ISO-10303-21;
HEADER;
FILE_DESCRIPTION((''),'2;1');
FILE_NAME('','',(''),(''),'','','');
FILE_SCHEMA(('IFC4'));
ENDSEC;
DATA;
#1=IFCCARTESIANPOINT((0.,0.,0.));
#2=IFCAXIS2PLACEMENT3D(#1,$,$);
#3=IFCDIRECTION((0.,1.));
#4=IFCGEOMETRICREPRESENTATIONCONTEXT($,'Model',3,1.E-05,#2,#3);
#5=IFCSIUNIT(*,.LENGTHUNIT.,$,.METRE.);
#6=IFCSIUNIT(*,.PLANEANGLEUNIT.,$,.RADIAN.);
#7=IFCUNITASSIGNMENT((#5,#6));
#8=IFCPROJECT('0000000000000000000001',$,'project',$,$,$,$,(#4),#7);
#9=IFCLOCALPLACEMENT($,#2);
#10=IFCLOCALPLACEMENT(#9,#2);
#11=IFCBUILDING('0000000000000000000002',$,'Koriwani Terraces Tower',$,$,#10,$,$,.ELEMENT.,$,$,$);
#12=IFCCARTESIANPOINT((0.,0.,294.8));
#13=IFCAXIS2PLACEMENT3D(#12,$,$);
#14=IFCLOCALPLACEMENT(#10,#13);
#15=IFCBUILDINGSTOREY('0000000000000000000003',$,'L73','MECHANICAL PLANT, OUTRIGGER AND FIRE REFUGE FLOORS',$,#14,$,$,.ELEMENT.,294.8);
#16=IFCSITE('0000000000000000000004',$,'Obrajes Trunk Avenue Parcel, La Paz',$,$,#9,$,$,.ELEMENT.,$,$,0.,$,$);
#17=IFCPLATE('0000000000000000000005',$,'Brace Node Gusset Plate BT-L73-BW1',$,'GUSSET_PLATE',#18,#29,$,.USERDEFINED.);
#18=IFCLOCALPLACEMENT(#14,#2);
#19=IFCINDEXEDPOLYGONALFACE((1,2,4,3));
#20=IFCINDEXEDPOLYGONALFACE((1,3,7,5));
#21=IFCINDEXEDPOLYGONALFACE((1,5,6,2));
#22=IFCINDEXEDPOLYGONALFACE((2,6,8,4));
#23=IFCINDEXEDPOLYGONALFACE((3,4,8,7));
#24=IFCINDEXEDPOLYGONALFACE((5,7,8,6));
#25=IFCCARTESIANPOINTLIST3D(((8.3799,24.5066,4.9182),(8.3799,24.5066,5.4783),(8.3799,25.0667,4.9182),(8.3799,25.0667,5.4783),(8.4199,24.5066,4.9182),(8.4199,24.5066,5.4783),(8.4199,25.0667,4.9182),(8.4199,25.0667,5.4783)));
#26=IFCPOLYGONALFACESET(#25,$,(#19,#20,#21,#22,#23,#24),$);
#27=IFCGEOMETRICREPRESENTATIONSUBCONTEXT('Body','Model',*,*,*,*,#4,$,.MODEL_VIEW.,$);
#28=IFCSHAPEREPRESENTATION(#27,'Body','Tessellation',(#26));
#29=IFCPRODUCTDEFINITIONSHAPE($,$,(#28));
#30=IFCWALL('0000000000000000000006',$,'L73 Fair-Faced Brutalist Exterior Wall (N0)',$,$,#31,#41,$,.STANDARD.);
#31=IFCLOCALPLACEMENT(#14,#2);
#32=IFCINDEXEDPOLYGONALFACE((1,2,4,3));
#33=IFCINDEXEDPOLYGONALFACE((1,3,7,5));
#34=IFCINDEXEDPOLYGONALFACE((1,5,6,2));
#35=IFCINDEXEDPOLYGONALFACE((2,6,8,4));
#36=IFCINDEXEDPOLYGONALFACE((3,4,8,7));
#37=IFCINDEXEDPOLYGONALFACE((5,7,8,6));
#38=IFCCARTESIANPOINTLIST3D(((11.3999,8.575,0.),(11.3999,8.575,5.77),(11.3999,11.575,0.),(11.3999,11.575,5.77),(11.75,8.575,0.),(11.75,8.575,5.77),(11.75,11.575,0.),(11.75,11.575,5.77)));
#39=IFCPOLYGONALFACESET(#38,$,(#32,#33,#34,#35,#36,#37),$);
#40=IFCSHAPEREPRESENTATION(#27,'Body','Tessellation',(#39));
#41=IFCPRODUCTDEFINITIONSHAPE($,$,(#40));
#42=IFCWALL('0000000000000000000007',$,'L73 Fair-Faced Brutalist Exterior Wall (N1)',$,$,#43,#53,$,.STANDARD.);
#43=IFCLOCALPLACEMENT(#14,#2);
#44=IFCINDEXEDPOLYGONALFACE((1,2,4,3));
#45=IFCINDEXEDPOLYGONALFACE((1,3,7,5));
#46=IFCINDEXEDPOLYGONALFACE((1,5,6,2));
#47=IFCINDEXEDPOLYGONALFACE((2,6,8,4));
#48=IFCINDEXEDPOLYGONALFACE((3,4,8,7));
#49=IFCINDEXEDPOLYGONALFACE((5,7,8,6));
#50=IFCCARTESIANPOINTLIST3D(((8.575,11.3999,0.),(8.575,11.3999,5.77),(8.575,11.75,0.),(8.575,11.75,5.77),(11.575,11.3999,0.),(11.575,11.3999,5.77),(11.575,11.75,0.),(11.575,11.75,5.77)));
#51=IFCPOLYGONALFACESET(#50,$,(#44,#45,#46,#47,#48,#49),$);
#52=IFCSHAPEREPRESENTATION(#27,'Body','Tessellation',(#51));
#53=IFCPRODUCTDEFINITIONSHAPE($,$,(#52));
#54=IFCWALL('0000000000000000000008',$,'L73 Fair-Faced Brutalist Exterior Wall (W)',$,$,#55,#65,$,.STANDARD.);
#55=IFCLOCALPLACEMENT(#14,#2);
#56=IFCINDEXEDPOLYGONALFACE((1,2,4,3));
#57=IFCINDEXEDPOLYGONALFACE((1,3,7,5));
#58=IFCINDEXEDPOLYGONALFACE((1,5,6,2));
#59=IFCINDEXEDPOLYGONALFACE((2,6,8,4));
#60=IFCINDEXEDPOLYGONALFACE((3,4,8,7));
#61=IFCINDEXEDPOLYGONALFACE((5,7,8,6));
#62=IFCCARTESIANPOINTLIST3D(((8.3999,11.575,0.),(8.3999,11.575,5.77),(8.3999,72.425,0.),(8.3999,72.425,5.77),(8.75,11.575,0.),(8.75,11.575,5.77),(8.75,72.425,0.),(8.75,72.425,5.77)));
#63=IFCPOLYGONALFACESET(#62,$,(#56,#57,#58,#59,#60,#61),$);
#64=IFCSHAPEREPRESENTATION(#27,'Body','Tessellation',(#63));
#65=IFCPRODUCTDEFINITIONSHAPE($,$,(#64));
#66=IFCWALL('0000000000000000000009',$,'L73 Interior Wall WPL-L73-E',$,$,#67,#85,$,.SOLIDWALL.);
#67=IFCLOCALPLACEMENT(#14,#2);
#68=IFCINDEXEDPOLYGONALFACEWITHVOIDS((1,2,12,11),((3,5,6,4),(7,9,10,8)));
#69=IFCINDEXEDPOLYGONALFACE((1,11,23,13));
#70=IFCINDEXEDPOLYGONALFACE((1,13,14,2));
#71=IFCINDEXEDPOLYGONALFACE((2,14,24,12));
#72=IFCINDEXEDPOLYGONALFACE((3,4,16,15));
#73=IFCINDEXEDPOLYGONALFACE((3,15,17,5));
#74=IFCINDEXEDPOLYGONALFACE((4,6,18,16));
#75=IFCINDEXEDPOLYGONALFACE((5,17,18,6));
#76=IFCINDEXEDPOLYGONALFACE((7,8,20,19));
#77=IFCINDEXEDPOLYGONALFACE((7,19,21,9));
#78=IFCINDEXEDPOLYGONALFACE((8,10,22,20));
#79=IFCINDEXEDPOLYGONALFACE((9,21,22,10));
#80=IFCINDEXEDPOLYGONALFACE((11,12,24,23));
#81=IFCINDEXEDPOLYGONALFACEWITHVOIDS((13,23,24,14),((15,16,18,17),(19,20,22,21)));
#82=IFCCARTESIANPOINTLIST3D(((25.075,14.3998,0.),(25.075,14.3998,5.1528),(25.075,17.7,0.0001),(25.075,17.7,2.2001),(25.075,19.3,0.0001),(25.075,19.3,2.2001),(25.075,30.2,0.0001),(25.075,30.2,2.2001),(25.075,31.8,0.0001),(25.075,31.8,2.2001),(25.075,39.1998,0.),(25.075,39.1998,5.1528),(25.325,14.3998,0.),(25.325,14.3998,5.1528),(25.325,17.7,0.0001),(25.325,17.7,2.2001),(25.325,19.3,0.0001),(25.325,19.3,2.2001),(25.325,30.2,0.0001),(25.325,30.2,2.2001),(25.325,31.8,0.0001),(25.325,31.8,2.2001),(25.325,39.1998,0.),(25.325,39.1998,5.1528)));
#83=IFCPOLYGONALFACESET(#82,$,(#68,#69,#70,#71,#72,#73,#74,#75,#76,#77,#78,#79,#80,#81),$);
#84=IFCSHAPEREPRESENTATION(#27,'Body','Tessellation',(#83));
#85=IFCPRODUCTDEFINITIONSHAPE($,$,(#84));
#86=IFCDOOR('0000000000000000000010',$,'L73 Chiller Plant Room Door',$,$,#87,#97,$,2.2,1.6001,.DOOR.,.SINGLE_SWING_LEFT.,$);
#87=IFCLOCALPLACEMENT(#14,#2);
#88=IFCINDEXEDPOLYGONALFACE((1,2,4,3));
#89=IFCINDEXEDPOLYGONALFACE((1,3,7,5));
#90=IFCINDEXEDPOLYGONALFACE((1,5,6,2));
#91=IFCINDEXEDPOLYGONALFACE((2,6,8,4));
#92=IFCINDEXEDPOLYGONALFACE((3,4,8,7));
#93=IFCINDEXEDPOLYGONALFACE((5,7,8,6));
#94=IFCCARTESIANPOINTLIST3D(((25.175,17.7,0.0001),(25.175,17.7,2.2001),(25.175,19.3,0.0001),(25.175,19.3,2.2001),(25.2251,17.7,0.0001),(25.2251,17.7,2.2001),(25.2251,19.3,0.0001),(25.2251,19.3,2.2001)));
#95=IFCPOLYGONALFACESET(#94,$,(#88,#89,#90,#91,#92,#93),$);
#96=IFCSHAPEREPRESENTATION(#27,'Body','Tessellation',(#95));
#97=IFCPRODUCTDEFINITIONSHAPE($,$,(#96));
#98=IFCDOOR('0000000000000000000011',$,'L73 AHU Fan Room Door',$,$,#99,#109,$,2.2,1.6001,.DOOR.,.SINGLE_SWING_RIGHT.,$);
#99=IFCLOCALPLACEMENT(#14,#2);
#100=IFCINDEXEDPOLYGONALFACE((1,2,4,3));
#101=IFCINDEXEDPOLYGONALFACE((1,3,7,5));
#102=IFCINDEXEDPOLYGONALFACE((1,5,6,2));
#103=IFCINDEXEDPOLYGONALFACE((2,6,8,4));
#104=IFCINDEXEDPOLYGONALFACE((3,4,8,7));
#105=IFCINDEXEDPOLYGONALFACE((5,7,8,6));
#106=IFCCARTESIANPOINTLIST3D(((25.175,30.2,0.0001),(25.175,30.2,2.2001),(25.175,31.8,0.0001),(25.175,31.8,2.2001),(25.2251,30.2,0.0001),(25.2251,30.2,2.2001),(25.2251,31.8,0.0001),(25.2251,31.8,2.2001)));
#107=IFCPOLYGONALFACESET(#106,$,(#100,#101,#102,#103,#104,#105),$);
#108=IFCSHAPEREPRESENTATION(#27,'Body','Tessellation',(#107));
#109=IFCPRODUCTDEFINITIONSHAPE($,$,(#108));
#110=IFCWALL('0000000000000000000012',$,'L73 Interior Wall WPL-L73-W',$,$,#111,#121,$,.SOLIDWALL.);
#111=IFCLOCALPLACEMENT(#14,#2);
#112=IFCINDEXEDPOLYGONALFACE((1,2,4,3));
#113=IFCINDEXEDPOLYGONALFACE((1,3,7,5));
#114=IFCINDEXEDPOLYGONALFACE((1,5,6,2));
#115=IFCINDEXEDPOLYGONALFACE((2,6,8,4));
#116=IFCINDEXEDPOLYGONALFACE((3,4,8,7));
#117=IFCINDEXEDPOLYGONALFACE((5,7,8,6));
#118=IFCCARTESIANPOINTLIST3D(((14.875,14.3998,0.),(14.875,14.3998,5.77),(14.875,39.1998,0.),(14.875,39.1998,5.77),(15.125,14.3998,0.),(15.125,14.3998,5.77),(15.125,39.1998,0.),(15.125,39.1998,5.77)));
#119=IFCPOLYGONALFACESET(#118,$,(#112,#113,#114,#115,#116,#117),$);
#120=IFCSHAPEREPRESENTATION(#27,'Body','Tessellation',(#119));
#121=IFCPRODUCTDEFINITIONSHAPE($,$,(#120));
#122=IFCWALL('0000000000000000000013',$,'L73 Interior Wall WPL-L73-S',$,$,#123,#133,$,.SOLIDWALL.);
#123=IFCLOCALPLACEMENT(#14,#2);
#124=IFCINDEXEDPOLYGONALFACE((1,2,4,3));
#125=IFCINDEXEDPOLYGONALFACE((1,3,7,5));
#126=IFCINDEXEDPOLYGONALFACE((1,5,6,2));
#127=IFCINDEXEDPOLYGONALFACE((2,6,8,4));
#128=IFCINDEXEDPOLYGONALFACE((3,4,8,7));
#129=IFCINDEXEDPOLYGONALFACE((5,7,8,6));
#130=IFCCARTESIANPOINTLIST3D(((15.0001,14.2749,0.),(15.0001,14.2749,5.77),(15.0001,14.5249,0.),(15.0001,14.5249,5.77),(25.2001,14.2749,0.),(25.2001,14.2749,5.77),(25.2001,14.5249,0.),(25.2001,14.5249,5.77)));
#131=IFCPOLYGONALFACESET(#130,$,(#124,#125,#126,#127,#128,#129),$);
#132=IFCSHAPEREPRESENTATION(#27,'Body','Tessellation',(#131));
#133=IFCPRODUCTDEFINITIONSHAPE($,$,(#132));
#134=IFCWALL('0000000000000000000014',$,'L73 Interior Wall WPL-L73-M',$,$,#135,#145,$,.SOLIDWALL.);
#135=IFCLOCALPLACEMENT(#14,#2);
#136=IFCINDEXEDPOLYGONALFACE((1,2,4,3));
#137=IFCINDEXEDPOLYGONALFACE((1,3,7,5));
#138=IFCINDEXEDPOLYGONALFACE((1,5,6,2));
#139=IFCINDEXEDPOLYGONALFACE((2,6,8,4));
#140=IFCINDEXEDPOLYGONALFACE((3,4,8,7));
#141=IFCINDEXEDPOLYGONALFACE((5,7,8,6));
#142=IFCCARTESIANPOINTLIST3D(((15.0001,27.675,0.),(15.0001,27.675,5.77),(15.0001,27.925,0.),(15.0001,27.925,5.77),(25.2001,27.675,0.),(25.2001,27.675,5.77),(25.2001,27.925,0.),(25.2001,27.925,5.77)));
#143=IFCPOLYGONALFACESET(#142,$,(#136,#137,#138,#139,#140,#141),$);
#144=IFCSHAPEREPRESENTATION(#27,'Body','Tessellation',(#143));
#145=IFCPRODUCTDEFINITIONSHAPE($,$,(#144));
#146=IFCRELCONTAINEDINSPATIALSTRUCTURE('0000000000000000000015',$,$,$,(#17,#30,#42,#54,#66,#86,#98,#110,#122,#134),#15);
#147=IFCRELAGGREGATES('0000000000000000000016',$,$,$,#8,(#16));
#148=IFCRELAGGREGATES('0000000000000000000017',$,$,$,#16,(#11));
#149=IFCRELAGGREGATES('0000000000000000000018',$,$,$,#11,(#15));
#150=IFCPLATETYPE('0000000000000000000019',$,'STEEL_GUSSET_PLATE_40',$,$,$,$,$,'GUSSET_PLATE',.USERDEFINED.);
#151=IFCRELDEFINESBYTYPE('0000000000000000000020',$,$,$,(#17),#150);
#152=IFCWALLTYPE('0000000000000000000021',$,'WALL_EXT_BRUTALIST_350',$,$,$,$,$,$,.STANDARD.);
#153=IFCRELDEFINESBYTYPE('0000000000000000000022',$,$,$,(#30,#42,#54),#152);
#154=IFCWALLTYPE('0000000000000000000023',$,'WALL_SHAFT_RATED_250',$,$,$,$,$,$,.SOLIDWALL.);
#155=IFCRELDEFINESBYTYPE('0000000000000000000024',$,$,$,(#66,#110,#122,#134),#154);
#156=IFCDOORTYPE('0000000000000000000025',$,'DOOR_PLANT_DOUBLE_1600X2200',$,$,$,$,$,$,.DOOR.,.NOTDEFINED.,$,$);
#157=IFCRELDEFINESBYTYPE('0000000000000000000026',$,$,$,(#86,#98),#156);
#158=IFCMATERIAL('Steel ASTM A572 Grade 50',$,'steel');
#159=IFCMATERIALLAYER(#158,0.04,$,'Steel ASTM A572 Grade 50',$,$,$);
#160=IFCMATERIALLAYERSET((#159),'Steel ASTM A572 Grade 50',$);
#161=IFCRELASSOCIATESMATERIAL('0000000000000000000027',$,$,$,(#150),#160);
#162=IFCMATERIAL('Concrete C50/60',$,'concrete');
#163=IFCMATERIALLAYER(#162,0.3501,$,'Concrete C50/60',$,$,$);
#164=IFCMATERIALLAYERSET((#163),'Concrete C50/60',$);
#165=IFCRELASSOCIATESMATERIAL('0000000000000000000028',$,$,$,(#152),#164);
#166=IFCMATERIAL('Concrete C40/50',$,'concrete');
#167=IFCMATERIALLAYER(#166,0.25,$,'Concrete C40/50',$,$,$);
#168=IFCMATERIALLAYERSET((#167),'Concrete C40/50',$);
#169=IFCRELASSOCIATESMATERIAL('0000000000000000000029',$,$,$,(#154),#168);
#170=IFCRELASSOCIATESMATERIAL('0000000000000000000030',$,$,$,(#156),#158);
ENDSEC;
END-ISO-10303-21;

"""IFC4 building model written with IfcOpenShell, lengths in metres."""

from ifc_helpers import new_model, si_unit, direction, frame, frame_2d, origin, origin_2d, place, context, subcontext, project, spatial, rectangle, extrude, material, layer, layer_set, type_object, element, fill, save


model = new_model("IFC4")

# Units and contexts
model_context = context("Model", 3, precision=1e-05, world=origin(), true_north=direction((0.0, 1.0)))
body_context = subcontext(model_context, "Body", "Model", "MODEL_VIEW")
ifc_project = project(units=[si_unit("LENGTHUNIT", "METRE"), si_unit("PLANEANGLEUNIT", "RADIAN")], contexts=[model_context])

# Site, building, storey
site_placement = place(None, origin())
site = spatial("IfcSite", under=ifc_project, at=site_placement, Name="Obrajes Trunk Avenue Parcel, La Paz", CompositionType="ELEMENT", RefElevation=0.0)
building_placement = place(site_placement, origin())
building = spatial("IfcBuilding", under=site, at=building_placement, Name="Koriwani Terraces Tower", CompositionType="ELEMENT")
storey_placement = place(building_placement, frame((0.0, 0.0, 294.8)))
storey = spatial("IfcBuildingStorey", under=building, at=storey_placement, Name="L73", Description="MECHANICAL PLANT, OUTRIGGER AND FIRE REFUGE FLOORS", CompositionType="ELEMENT", Elevation=294.8)

# Shared definitions
ifc_material_1 = material(Name="Concrete C50/60", Category="concrete")

# Shared definitions
ifc_material_2 = material(Name="Concrete C40/50", Category="concrete")

# Shared definitions
ifc_material_3 = material(Name="Steel ASTM A572 Grade 50", Category="steel")

# Plate
ifc_layer_1 = layer(ifc_material_3, 0.04, Name="Steel ASTM A572 Grade 50")
ifc_layer_set_1 = layer_set([ifc_layer_1], Name="Steel ASTM A572 Grade 50")
plate_type_1 = type_object("IfcPlateType", Name="STEEL_GUSSET_PLATE_40", ElementType="GUSSET_PLATE", PredefinedType="USERDEFINED", material=ifc_layer_set_1)
for number, where, z_axis, x_axis, name in (
    (1, (8.3999, 24.7866, 4.9182), (0.0, 0.0, 1.0), (0.0, 1.0, 0.0), "Brace Node Gusset Plate BT-L73-BW1"),
):
    element("IfcPlate", number, at=place(storey_placement, frame(where, z_axis=z_axis, x_axis=x_axis)), inside=storey, type_object=plate_type_1, Name=name, ObjectType="GUSSET_PLATE", PredefinedType="USERDEFINED", context=body_context, shape_type="SweptSolid", body=[
        extrude(rectangle(XDim=0.5601, YDim=0.04, at=origin_2d()), origin(), (0.0, 0.0, 1.0), 0.5601),
    ])

# Walls
ifc_layer_2 = layer(ifc_material_1, 0.3501, Name="Concrete C50/60")
ifc_layer_set_2 = layer_set([ifc_layer_2], Name="Concrete C50/60")
wall_type_1 = type_object("IfcWallType", Name="WALL_EXT_BRUTALIST_350", PredefinedType="STANDARD", material=ifc_layer_set_2)
for number, where, z_axis, x_axis, name in (
    (2, (11.575, 8.575, 0.0), (0.0, 0.0, 1.0), (0.0, 1.0, 0.0), "L73 Fair-Faced Brutalist Exterior Wall (N0)"),
    (3, (11.575, 11.575, 0.0), (0.0, 0.0, 1.0), (-1.0, 0.0, 0.0), "L73 Fair-Faced Brutalist Exterior Wall (N1)"),
):
    element("IfcWall", number, at=place(storey_placement, frame(where, z_axis=z_axis, x_axis=x_axis)), inside=storey, type_object=wall_type_1, Name=name, PredefinedType="STANDARD", context=body_context, shape_type="SweptSolid", body=[
        extrude(rectangle(XDim=3.0, YDim=0.3501, at=frame_2d((1.5, 0.0))), origin(), (0.0, 0.0, 1.0), 5.77),
    ])
wall_1_placement = place(storey_placement, frame((8.575, 11.575, 0.0), z_axis=(0.0, 0.0, 1.0), x_axis=(0.0, 1.0, 0.0)))
element("IfcWall", 4, at=wall_1_placement, inside=storey, type_object=wall_type_1, Name="L73 Fair-Faced Brutalist Exterior Wall (W)", PredefinedType="STANDARD", context=body_context, shape_type="SweptSolid", body=[
    extrude(rectangle(XDim=60.8501, YDim=0.3501, at=frame_2d((30.425, 0.0))), origin(), (0.0, 0.0, 1.0), 5.77),
])

# Wall, openings, doors
ifc_layer_3 = layer(ifc_material_2, 0.25, Name="Concrete C40/50")
ifc_layer_set_3 = layer_set([ifc_layer_3], Name="Concrete C40/50")
wall_type_2 = type_object("IfcWallType", Name="WALL_SHAFT_RATED_250", PredefinedType="SOLIDWALL", material=ifc_layer_set_3)
wall_2_placement = place(storey_placement, frame((25.2, 14.3999, 0.0), z_axis=(0.0, 0.0, 1.0), x_axis=(0.0, 1.0, 0.0)))
wall_2 = element("IfcWall", 5, at=wall_2_placement, inside=storey, type_object=wall_type_2, Name="L73 Interior Wall WPL-L73-E", PredefinedType="SOLIDWALL", context=body_context, shape_type="SweptSolid", body=[
    extrude(rectangle(XDim=24.8, YDim=0.25, at=frame_2d((12.3999, 0.0))), origin(), (0.0, 0.0, 1.0), 5.1528),
])
opening_1_placement = place(wall_2_placement, frame((3.3, 0.0, 0.0)))
opening_1 = element("IfcOpeningElement", 6, at=opening_1_placement, cuts=wall_2, PredefinedType="OPENING", context=body_context, shape_type="SweptSolid", body=[
    extrude(rectangle(XDim=1.6001, YDim=2.2, at=frame_2d((0.8, 1.1001))), frame((0.0, 0.135, 0.0), z_axis=(0.0, -1.0, 0.0), x_axis=(1.0, 0.0, 0.0)), (0.0, 0.0, 1.0), 0.27),
])
opening_2_placement = place(wall_2_placement, frame((15.8, 0.0, 0.0)))
opening_2 = element("IfcOpeningElement", 7, at=opening_2_placement, cuts=wall_2, PredefinedType="OPENING", context=body_context, shape_type="SweptSolid", body=[
    extrude(rectangle(XDim=1.6001, YDim=2.2, at=frame_2d((0.8, 1.1001))), frame((0.0, 0.135, 0.0), z_axis=(0.0, -1.0, 0.0), x_axis=(1.0, 0.0, 0.0)), (0.0, 0.0, 1.0), 0.27),
])
door_type = type_object("IfcDoorType", Name="DOOR_PLANT_DOUBLE_1600X2200", OperationType="NOTDEFINED", PredefinedType="DOOR", material=ifc_material_3)
door_1_placement = place(opening_1_placement, origin())
door_1 = element("IfcDoor", 8, at=door_1_placement, inside=storey, type_object=door_type, Name="L73 Chiller Plant Room Door", OperationType="SINGLE_SWING_LEFT", OverallHeight=2.2, OverallWidth=1.6001, PredefinedType="DOOR", context=body_context, shape_type="SweptSolid", body=[
    extrude(rectangle(XDim=1.6001, YDim=2.2, at=frame_2d((0.8, 1.1001))), frame((0.0, 0.0249, 0.0), z_axis=(0.0, -1.0, 0.0), x_axis=(1.0, 0.0, 0.0)), (0.0, 0.0, 1.0), 0.05),
])
fill(opening_1, door_1)
door_2_placement = place(opening_2_placement, origin())
door_2 = element("IfcDoor", 9, at=door_2_placement, inside=storey, type_object=door_type, Name="L73 AHU Fan Room Door", OperationType="SINGLE_SWING_RIGHT", OverallHeight=2.2, OverallWidth=1.6001, PredefinedType="DOOR", context=body_context, shape_type="SweptSolid", body=[
    extrude(rectangle(XDim=1.6001, YDim=2.2, at=frame_2d((0.8, 1.1001))), frame((0.0, 0.0249, 0.0), z_axis=(0.0, -1.0, 0.0), x_axis=(1.0, 0.0, 0.0)), (0.0, 0.0, 1.0), 0.05),
])
fill(opening_2, door_2)

# Walls
wall_3_placement = place(storey_placement, frame((15.0, 14.3999, 0.0), z_axis=(0.0, 0.0, 1.0), x_axis=(0.0, 1.0, 0.0)))
element("IfcWall", 10, at=wall_3_placement, inside=storey, type_object=wall_type_2, Name="L73 Interior Wall WPL-L73-W", PredefinedType="SOLIDWALL", context=body_context, shape_type="SweptSolid", body=[
    extrude(rectangle(XDim=24.8, YDim=0.25, at=frame_2d((12.3999, 0.0))), origin(), (0.0, 0.0, 1.0), 5.77),
])
for number, where, z_axis, x_axis, name in (
    (11, (15.0, 14.3999, 0.0), (0.0, 0.0, 1.0), (1.0, 0.0, 0.0), "L73 Interior Wall WPL-L73-S"),
    (12, (15.0, 27.8, 0.0), (0.0, 0.0, 1.0), (1.0, 0.0, 0.0), "L73 Interior Wall WPL-L73-M"),
):
    element("IfcWall", number, at=place(storey_placement, frame(where, z_axis=z_axis, x_axis=x_axis)), inside=storey, type_object=wall_type_2, Name=name, PredefinedType="SOLIDWALL", context=body_context, shape_type="SweptSolid", body=[
        extrude(rectangle(XDim=10.2, YDim=0.25, at=frame_2d((5.1001, 0.0))), origin(), (0.0, 0.0, 1.0), 5.77),
    ])

save(model, "model.ifc")
